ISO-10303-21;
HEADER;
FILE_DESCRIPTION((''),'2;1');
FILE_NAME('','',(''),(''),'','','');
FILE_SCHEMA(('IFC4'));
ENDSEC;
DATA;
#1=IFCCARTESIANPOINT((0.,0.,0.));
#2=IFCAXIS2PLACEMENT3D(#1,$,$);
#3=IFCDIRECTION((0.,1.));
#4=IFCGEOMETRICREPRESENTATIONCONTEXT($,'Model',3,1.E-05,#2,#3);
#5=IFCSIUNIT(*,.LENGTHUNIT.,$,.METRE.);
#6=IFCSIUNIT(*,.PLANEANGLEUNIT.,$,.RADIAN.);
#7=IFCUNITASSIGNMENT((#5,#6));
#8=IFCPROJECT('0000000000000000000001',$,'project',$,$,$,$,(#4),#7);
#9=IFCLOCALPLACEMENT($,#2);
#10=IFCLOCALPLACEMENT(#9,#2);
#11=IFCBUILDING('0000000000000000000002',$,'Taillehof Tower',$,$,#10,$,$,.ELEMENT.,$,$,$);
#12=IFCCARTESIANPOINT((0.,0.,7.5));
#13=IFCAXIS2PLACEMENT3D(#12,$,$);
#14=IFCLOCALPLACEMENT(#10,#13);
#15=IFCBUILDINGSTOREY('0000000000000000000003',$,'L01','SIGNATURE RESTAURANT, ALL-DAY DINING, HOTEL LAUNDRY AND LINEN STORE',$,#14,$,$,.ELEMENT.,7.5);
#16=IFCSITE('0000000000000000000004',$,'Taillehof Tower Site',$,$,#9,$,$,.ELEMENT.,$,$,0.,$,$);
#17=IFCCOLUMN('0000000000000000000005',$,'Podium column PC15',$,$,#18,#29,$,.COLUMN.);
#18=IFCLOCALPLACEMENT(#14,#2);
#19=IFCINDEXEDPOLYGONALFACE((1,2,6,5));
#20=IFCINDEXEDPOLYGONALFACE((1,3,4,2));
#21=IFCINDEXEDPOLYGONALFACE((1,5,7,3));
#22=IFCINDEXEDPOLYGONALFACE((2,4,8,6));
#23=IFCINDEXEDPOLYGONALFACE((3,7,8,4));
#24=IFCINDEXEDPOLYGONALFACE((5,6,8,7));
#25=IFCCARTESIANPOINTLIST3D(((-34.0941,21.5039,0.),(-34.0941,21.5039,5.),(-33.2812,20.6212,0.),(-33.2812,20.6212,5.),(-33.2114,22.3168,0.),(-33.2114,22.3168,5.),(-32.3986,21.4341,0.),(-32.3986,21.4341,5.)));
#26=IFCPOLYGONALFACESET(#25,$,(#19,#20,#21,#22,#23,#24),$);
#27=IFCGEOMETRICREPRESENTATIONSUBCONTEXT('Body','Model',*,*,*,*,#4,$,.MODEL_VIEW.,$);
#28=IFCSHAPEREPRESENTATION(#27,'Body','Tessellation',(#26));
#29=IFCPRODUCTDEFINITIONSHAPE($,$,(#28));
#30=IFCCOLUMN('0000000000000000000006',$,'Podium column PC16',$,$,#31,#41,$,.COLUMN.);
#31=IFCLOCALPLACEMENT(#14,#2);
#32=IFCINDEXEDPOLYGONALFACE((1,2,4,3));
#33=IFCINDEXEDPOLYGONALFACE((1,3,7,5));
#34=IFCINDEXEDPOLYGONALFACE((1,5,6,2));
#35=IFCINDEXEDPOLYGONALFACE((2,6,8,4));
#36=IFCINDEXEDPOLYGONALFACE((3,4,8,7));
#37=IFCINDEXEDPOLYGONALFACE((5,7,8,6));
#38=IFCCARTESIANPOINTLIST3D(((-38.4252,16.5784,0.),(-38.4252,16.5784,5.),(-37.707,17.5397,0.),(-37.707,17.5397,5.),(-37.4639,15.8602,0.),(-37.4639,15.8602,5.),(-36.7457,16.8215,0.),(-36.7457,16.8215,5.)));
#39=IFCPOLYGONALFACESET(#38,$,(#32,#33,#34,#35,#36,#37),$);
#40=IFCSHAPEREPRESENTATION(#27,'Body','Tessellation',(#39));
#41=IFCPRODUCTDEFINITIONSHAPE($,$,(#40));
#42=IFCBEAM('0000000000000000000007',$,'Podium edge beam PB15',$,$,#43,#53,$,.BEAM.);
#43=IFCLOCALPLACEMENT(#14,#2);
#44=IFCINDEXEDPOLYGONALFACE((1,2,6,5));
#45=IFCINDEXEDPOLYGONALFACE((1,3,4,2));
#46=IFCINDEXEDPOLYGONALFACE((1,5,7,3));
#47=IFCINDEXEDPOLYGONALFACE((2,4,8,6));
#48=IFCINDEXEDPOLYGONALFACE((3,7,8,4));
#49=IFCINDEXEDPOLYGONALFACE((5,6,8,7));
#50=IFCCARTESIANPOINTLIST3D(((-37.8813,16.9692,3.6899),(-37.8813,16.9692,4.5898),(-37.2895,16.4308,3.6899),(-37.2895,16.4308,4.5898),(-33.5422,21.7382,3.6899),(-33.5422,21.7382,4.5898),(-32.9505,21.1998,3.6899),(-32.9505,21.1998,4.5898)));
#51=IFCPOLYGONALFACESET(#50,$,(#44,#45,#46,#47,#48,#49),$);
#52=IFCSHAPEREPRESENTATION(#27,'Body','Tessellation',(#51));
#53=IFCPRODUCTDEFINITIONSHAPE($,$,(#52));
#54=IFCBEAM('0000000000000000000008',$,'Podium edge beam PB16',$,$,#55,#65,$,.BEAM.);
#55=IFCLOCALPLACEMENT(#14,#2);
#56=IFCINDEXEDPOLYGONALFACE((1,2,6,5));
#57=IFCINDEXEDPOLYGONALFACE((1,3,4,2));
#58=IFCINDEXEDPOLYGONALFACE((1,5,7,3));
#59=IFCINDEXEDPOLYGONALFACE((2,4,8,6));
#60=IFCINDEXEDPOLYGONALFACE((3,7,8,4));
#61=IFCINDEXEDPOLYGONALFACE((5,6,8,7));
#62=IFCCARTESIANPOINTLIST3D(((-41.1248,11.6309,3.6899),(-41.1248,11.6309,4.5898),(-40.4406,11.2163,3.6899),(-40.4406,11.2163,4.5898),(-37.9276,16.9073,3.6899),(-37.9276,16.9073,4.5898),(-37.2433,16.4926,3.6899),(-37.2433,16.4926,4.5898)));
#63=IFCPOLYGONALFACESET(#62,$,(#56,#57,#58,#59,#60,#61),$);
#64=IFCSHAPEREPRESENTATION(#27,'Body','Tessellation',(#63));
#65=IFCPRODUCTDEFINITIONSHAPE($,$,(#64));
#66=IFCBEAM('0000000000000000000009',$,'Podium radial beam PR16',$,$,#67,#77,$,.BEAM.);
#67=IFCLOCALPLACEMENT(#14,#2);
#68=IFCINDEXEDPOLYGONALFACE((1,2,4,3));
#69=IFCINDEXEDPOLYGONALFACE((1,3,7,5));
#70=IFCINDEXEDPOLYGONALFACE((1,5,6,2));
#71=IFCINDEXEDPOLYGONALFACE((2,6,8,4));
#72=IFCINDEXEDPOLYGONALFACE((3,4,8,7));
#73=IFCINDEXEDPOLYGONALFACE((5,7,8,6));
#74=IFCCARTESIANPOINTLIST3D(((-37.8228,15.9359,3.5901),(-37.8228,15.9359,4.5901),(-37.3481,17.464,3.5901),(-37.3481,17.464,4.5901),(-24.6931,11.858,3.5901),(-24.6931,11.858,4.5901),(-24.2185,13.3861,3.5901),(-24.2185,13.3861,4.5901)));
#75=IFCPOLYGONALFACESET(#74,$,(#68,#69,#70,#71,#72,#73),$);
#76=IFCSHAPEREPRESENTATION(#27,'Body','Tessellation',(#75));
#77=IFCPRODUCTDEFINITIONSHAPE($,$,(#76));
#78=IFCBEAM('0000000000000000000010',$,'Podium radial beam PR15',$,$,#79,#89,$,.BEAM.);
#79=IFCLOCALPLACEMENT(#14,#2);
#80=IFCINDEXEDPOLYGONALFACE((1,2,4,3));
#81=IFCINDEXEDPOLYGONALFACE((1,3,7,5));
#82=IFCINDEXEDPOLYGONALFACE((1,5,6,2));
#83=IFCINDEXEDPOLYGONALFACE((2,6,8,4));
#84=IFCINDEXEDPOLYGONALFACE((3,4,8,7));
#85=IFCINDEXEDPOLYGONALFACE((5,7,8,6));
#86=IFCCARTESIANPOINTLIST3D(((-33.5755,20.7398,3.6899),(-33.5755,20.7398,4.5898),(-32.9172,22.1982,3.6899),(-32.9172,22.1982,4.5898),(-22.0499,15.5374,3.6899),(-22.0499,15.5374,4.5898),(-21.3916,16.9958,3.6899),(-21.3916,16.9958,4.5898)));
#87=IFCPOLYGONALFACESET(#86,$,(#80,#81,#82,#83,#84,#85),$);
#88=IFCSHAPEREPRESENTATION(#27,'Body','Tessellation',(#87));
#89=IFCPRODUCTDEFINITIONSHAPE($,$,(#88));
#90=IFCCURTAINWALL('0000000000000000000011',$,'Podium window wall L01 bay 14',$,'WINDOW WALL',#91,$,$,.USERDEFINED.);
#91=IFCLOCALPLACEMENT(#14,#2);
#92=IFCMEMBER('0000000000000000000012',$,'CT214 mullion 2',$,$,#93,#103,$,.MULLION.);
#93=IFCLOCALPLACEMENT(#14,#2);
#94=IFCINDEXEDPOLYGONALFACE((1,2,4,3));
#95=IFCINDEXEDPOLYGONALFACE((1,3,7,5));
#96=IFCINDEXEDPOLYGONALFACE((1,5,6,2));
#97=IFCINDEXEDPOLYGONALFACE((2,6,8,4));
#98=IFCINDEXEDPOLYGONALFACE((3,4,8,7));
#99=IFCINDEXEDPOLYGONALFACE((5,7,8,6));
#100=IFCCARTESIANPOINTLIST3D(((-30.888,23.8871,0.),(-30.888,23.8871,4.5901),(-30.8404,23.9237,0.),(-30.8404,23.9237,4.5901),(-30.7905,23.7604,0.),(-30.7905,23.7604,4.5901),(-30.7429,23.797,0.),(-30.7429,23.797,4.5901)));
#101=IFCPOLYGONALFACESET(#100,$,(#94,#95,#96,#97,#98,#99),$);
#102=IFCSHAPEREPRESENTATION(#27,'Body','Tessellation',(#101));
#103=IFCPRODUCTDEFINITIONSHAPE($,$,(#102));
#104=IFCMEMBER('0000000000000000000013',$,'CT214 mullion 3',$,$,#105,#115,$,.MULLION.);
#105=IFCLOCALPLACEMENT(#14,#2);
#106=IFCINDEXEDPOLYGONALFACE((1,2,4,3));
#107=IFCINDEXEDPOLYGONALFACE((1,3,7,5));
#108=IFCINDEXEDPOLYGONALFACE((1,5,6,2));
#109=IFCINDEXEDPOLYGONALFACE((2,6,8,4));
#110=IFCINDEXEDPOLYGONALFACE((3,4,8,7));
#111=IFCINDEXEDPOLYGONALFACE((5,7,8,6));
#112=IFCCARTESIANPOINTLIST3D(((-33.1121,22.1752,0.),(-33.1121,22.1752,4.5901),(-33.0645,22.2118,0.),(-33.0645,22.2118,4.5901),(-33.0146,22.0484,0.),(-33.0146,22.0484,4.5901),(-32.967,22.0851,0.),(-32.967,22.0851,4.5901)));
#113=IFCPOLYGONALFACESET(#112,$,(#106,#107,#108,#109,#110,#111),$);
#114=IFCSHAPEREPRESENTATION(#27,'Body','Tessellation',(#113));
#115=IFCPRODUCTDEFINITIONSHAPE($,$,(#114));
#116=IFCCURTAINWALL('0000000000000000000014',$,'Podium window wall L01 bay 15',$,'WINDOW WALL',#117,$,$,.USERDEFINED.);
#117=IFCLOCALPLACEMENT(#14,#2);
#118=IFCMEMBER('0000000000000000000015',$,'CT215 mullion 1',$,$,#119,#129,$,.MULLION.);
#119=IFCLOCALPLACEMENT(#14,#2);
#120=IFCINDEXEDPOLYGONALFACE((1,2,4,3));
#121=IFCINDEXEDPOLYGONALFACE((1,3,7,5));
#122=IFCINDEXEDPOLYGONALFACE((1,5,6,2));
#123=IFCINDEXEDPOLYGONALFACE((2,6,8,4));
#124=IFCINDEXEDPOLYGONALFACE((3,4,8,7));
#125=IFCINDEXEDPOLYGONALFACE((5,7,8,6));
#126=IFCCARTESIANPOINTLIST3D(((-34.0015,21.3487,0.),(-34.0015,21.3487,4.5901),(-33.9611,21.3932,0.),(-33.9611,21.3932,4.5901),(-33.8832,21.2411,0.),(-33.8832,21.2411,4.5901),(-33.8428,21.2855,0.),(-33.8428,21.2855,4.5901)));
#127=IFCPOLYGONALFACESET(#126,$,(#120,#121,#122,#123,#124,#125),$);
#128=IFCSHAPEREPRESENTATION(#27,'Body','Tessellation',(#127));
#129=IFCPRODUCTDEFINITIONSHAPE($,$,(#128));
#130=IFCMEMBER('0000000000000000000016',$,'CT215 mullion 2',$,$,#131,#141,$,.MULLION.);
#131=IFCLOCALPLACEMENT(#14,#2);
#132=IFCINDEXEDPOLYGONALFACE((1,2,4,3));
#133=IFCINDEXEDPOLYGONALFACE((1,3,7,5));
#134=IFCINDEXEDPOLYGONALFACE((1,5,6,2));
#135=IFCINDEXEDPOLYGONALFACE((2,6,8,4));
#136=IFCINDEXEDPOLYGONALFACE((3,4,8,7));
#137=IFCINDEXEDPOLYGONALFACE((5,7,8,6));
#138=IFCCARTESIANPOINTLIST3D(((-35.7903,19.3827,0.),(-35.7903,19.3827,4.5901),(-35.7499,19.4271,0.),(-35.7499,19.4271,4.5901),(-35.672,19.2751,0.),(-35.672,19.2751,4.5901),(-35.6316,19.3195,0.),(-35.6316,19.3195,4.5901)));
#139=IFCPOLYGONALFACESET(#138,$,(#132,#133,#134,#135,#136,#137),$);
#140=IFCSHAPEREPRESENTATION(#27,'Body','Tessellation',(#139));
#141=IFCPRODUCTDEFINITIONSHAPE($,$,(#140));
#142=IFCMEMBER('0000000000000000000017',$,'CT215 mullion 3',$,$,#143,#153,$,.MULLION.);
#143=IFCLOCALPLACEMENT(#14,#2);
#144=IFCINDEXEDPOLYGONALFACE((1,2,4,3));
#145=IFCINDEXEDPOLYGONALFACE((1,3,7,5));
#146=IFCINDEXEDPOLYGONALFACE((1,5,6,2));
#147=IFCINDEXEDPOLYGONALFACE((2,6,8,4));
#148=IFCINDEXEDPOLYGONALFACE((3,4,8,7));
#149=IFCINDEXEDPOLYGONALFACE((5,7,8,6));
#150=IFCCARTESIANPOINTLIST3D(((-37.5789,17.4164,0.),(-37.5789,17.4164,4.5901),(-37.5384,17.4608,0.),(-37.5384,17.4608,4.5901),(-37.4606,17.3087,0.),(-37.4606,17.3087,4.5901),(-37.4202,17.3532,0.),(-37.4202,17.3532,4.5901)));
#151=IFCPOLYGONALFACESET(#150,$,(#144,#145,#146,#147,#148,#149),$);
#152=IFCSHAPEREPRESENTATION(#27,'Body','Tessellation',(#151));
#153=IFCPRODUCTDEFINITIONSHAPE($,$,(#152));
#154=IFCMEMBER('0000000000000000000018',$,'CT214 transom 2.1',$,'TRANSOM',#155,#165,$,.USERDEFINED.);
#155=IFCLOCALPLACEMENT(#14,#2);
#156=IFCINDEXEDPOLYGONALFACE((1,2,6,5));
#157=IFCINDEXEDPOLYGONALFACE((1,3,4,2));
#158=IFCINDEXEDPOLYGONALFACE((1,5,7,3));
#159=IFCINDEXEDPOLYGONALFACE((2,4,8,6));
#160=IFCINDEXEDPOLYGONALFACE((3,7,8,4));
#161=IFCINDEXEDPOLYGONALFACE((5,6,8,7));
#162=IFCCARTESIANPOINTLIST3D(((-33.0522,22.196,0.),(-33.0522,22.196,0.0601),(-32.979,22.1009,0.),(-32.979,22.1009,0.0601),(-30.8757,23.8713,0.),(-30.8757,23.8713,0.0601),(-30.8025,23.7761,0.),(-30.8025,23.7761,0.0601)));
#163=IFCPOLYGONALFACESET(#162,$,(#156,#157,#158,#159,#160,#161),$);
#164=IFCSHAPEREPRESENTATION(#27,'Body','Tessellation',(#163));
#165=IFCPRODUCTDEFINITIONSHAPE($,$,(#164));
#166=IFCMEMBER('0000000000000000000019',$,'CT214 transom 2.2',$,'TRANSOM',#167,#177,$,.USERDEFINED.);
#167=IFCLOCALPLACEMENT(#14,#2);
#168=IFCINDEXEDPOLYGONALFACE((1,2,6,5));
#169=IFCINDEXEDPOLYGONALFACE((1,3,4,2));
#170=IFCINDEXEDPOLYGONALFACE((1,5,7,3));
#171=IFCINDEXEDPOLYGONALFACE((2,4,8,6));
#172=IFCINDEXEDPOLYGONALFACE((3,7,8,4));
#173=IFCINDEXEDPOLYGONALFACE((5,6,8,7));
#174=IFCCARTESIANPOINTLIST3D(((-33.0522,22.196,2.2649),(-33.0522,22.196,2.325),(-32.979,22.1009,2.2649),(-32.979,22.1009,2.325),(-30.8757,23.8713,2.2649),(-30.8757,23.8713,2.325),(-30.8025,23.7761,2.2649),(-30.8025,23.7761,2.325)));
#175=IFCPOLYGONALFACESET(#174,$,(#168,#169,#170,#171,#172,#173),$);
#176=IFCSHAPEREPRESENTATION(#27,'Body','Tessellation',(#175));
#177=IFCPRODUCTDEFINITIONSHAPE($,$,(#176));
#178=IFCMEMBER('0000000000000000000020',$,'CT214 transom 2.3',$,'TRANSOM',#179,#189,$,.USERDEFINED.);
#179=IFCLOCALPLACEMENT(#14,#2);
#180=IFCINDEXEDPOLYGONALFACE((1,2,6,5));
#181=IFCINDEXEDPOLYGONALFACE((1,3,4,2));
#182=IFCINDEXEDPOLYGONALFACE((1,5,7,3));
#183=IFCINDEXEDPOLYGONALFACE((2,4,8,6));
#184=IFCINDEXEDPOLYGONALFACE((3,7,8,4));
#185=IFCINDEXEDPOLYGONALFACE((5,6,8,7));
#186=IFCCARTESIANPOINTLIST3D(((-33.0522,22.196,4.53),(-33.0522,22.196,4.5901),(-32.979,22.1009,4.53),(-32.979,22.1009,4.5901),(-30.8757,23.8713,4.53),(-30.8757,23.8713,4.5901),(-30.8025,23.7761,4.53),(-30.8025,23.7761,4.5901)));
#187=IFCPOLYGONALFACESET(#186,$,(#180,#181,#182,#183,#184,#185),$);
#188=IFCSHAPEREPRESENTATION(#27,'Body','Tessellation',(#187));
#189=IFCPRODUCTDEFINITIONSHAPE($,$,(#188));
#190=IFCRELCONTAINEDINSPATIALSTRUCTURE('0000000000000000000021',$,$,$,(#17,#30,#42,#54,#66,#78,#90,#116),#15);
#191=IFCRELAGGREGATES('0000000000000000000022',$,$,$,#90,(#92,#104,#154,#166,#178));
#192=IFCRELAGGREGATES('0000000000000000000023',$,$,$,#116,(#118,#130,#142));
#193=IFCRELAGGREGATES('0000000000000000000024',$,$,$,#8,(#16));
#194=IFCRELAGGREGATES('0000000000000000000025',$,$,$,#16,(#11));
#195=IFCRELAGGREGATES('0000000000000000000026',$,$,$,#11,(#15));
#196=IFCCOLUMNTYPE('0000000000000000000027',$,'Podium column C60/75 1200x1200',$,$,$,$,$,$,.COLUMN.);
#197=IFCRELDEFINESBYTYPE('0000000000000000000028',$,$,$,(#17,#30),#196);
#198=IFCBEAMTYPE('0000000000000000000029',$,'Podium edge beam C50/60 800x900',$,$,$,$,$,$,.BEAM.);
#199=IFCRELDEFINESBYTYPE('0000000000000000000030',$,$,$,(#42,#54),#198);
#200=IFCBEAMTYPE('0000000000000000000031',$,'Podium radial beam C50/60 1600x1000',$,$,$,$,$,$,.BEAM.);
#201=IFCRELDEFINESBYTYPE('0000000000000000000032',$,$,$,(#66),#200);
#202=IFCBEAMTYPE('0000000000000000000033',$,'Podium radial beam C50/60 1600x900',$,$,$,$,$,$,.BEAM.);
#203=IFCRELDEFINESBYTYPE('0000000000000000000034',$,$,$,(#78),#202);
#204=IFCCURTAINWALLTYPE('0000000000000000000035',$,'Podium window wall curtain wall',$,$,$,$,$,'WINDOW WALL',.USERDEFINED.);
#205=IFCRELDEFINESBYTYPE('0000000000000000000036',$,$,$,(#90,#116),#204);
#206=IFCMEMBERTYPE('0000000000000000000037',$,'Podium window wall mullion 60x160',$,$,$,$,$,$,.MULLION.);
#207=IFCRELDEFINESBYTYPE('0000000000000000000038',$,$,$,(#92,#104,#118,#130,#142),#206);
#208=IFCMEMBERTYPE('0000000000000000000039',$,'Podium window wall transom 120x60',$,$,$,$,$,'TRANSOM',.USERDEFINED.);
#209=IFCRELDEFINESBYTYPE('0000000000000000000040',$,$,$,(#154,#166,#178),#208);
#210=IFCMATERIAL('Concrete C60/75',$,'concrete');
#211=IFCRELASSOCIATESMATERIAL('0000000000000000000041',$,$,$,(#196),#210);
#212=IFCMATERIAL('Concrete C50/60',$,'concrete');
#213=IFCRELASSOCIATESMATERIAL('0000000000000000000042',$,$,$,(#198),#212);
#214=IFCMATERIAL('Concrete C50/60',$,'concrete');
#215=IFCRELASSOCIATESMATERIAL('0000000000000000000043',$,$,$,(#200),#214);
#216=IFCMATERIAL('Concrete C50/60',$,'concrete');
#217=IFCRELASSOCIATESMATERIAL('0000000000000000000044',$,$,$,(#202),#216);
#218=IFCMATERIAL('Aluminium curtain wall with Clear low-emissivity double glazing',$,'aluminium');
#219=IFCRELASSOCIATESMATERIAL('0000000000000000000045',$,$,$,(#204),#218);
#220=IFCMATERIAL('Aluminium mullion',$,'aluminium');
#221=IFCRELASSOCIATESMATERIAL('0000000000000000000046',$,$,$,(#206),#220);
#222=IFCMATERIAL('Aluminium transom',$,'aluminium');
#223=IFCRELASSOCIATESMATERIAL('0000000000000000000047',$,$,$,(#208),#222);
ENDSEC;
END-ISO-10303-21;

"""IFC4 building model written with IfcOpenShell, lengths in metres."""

from ifc_helpers import new_model, si_unit, direction, frame, origin, origin_2d, place, context, subcontext, project, spatial, rectangle, extrude, material, material_profile, profile_set, type_object, element, aggregate, save


model = new_model("IFC4")

# Units and contexts
model_context = context("Model", 3, precision=1e-05, world=origin(), true_north=direction((0.0, 1.0)))
body_context = subcontext(model_context, "Body", "Model", "MODEL_VIEW")
ifc_project = project(units=[si_unit("LENGTHUNIT", "METRE"), si_unit("PLANEANGLEUNIT", "RADIAN")], contexts=[model_context])

# Site, building, storey
site_placement = place(None, origin())
site = spatial("IfcSite", under=ifc_project, at=site_placement, Name="Taillehof Tower Site", CompositionType="ELEMENT", RefElevation=0.0)
building_placement = place(site_placement, origin())
building = spatial("IfcBuilding", under=site, at=building_placement, Name="Taillehof Tower", CompositionType="ELEMENT")
storey_placement = place(building_placement, frame((0.0, 0.0, 7.5)))
storey = spatial("IfcBuildingStorey", under=building, at=storey_placement, Name="L01", Description="SIGNATURE RESTAURANT, ALL-DAY DINING, HOTEL LAUNDRY AND LINEN STORE", CompositionType="ELEMENT", Elevation=7.5)

# Columns
ifc_material_1 = material(Name="Concrete C60/75", Category="concrete")
ifc_material_profile_1 = material_profile(ifc_material_1, rectangle(XDim=1.2, YDim=1.2, at=origin_2d()), Name="RC 1200x1200")
ifc_profile_set_1 = profile_set([ifc_material_profile_1], Name="Concrete C60/75")
column_type = type_object("IfcColumnType", Name="Podium column C60/75 1200x1200", PredefinedType="COLUMN", material=ifc_profile_set_1)
for number, where, z_axis, x_axis, name in (
    (1, (-33.2463, 21.469, 0.0), (0.0, 0.0, 1.0), (-0.677415, 0.735601, 0.0), "Podium column PC15"),
    (2, (-37.5854, 16.7, 0.0), (0.0, 0.0, 1.0), (-0.801091, 0.598542, 0.0), "Podium column PC16"),
):
    element("IfcColumn", number, at=place(storey_placement, frame(where, z_axis=z_axis, x_axis=x_axis)), inside=storey, type_object=column_type, Name=name, PredefinedType="COLUMN", context=body_context, shape_type="SweptSolid", body=[
        extrude(rectangle(XDim=1.2, YDim=1.2, at=origin_2d()), origin(), (0.0, 0.0, 1.0), 5.0),
    ])

# Beams
ifc_material_2 = material(Name="Concrete C50/60", Category="concrete")
ifc_material_profile_2 = material_profile(ifc_material_2, rectangle(XDim=0.8, YDim=0.8999, at=origin_2d()), Name="RC 800x900")
ifc_profile_set_2 = profile_set([ifc_material_profile_2], Name="Concrete C50/60")
beam_type_1 = type_object("IfcBeamType", Name="Podium edge beam C50/60 800x900", PredefinedType="BEAM", material=ifc_profile_set_2)
beam_1_placement = place(storey_placement, frame((-33.2463, 21.469, 4.1399), z_axis=(-0.67298, -0.739661, 0.0), x_axis=(0.739661, -0.67298, 0.0)))
element("IfcBeam", 3, at=beam_1_placement, inside=storey, type_object=beam_type_1, Name="Podium edge beam PB15", PredefinedType="BEAM", context=body_context, shape_type="SweptSolid", body=[
    extrude(rectangle(XDim=0.8, YDim=0.8999, at=origin_2d()), origin(), (0.0, 0.0, 1.0), 6.4475),
])
beam_2_placement = place(storey_placement, frame((-37.5854, 16.7, 4.1399), z_axis=(-0.518239, -0.855236, 0.0), x_axis=(0.855236, -0.518239, 0.0)))
element("IfcBeam", 4, at=beam_2_placement, inside=storey, type_object=beam_type_1, Name="Podium edge beam PB16", PredefinedType="BEAM", context=body_context, shape_type="SweptSolid", body=[
    extrude(rectangle(XDim=0.8, YDim=0.8999, at=origin_2d()), origin(), (0.0, 0.0, 1.0), 6.1694),
])
ifc_material_3 = material(Name="Concrete C50/60", Category="concrete")
ifc_material_profile_3 = material_profile(ifc_material_3, rectangle(XDim=1.6001, YDim=1.0, at=origin_2d()), Name="RC 1600x1000")
ifc_profile_set_3 = profile_set([ifc_material_profile_3], Name="Concrete C50/60")
beam_type_2 = type_object("IfcBeamType", Name="Podium radial beam C50/60 1600x1000", PredefinedType="BEAM", material=ifc_profile_set_3)
beam_3_placement = place(storey_placement, frame((-37.5854, 16.7, 4.0901), z_axis=(0.954999, -0.296609, 0.0), x_axis=(0.296609, 0.954999, 0.0)))
element("IfcBeam", 5, at=beam_3_placement, inside=storey, type_object=beam_type_2, Name="Podium radial beam PR16", PredefinedType="BEAM", context=body_context, shape_type="SweptSolid", body=[
    extrude(rectangle(XDim=1.6001, YDim=1.0, at=origin_2d()), origin(), (0.0, 0.0, 1.0), 13.7483),
])
ifc_material_4 = material(Name="Concrete C50/60", Category="concrete")
ifc_material_profile_4 = material_profile(ifc_material_4, rectangle(XDim=1.6001, YDim=0.8999, at=origin_2d()), Name="RC 1600x900")
ifc_profile_set_4 = profile_set([ifc_material_profile_4], Name="Concrete C50/60")
beam_type_3 = type_object("IfcBeamType", Name="Podium radial beam C50/60 1600x900", PredefinedType="BEAM", material=ifc_profile_set_4)
beam_4_placement = place(storey_placement, frame((-33.2463, 21.469, 4.1399), z_axis=(0.911452, -0.411407, 0.0), x_axis=(0.411407, 0.911452, 0.0)))
element("IfcBeam", 6, at=beam_4_placement, inside=storey, type_object=beam_type_3, Name="Podium radial beam PR15", PredefinedType="BEAM", context=body_context, shape_type="SweptSolid", body=[
    extrude(rectangle(XDim=1.6001, YDim=0.8999, at=origin_2d()), origin(), (0.0, 0.0, 1.0), 12.6453),
])

# Curtain walls, members
ifc_material_5 = material(Name="Aluminium curtain wall with Clear low-emissivity double glazing", Category="aluminium")
curtain_wall_type = type_object("IfcCurtainWallType", Name="Podium window wall curtain wall", ElementType="WINDOW WALL", PredefinedType="USERDEFINED", material=ifc_material_5)
curtain_wall_1_placement = place(storey_placement, origin())
curtain_wall_1 = element("IfcCurtainWall", 7, at=curtain_wall_1_placement, inside=storey, type_object=curtain_wall_type, Name="Podium window wall L01 bay 14", ObjectType="WINDOW WALL", PredefinedType="USERDEFINED")
ifc_material_6 = material(Name="Aluminium mullion", Category="aluminium")
ifc_material_profile_5 = material_profile(ifc_material_6, rectangle(XDim=0.1599, YDim=0.0601, at=origin_2d()), Name="AL 60x160")
ifc_profile_set_5 = profile_set([ifc_material_profile_5], Name="Aluminium mullion")
member_type_1 = type_object("IfcMemberType", Name="Podium window wall mullion 60x160", PredefinedType="MULLION", material=ifc_profile_set_5)
member_1_placement = place(storey_placement, frame((-30.8154, 23.842, 0.0), z_axis=(0.0, 0.0, 1.0), x_axis=(0.609932, -0.792454, 0.0)))
member_1 = element("IfcMember", 8, at=member_1_placement, type_object=member_type_1, Name="CT214 mullion 2", PredefinedType="MULLION", context=body_context, shape_type="SweptSolid", body=[
    extrude(rectangle(XDim=0.1599, YDim=0.0601, at=origin_2d()), origin(), (0.0, 0.0, 1.0), 4.5901),
])
member_2_placement = place(storey_placement, frame((-33.0396, 22.1301, 0.0), z_axis=(0.0, 0.0, 1.0), x_axis=(0.609932, -0.792454, 0.0)))
member_2 = element("IfcMember", 9, at=member_2_placement, type_object=member_type_1, Name="CT214 mullion 3", PredefinedType="MULLION", context=body_context, shape_type="SweptSolid", body=[
    extrude(rectangle(XDim=0.1599, YDim=0.0601, at=origin_2d()), origin(), (0.0, 0.0, 1.0), 4.5901),
])
curtain_wall_2_placement = place(storey_placement, origin())
curtain_wall_2 = element("IfcCurtainWall", 10, at=curtain_wall_2_placement, inside=storey, type_object=curtain_wall_type, Name="Podium window wall L01 bay 15", ObjectType="WINDOW WALL", PredefinedType="USERDEFINED")
member_3_placement = place(storey_placement, frame((-33.9221, 21.3171, 0.0), z_axis=(0.0, 0.0, 1.0), x_axis=(0.739707, -0.672929, 0.0)))
member_3 = element("IfcMember", 11, at=member_3_placement, type_object=member_type_1, Name="CT215 mullion 1", PredefinedType="MULLION", context=body_context, shape_type="SweptSolid", body=[
    extrude(rectangle(XDim=0.1599, YDim=0.0601, at=origin_2d()), origin(), (0.0, 0.0, 1.0), 4.5901),
])
member_4_placement = place(storey_placement, frame((-35.7109, 19.3511, 0.0), z_axis=(0.0, 0.0, 1.0), x_axis=(0.739707, -0.672929, 0.0)))
member_4 = element("IfcMember", 12, at=member_4_placement, type_object=member_type_1, Name="CT215 mullion 2", PredefinedType="MULLION", context=body_context, shape_type="SweptSolid", body=[
    extrude(rectangle(XDim=0.1599, YDim=0.0601, at=origin_2d()), origin(), (0.0, 0.0, 1.0), 4.5901),
])
member_5_placement = place(storey_placement, frame((-37.4995, 17.3848, 0.0), z_axis=(0.0, 0.0, 1.0), x_axis=(0.739707, -0.672929, 0.0)))
member_5 = element("IfcMember", 13, at=member_5_placement, type_object=member_type_1, Name="CT215 mullion 3", PredefinedType="MULLION", context=body_context, shape_type="SweptSolid", body=[
    extrude(rectangle(XDim=0.1599, YDim=0.0601, at=origin_2d()), origin(), (0.0, 0.0, 1.0), 4.5901),
])

# Members
ifc_material_7 = material(Name="Aluminium transom", Category="aluminium")
ifc_material_profile_6 = material_profile(ifc_material_7, rectangle(XDim=0.1201, YDim=0.0601, at=origin_2d()), Name="AL 120x60")
ifc_profile_set_6 = profile_set([ifc_material_profile_6], Name="Aluminium transom")
member_type_2 = type_object("IfcMemberType", Name="Podium window wall transom 120x60", ElementType="TRANSOM", PredefinedType="USERDEFINED", material=ifc_profile_set_6)
member_6_placement = place(storey_placement, frame((-30.8391, 23.8237, 0.03), z_axis=(-0.792439, -0.609951, 0.0), x_axis=(0.609951, -0.792439, 0.0)))
member_6 = element("IfcMember", 14, at=member_6_placement, type_object=member_type_2, Name="CT214 transom 2.1", ObjectType="TRANSOM", PredefinedType="USERDEFINED", context=body_context, shape_type="SweptSolid", body=[
    extrude(rectangle(XDim=0.1201, YDim=0.0601, at=origin_2d()), origin(), (0.0, 0.0, 1.0), 2.7466),
])
member_7_placement = place(storey_placement, frame((-30.8391, 23.8237, 2.2949), z_axis=(-0.792439, -0.609951, 0.0), x_axis=(0.609951, -0.792439, 0.0)))
member_7 = element("IfcMember", 15, at=member_7_placement, type_object=member_type_2, Name="CT214 transom 2.2", ObjectType="TRANSOM", PredefinedType="USERDEFINED", context=body_context, shape_type="SweptSolid", body=[
    extrude(rectangle(XDim=0.1201, YDim=0.0601, at=origin_2d()), origin(), (0.0, 0.0, 1.0), 2.7466),
])
member_8_placement = place(storey_placement, frame((-30.8391, 23.8237, 4.5601), z_axis=(-0.792439, -0.609951, 0.0), x_axis=(0.609951, -0.792439, 0.0)))
member_8 = element("IfcMember", 16, at=member_8_placement, type_object=member_type_2, Name="CT214 transom 2.3", ObjectType="TRANSOM", PredefinedType="USERDEFINED", context=body_context, shape_type="SweptSolid", body=[
    extrude(rectangle(XDim=0.1201, YDim=0.0601, at=origin_2d()), origin(), (0.0, 0.0, 1.0), 2.7466),
])

aggregate(curtain_wall_1, [member_1, member_2, member_6, member_7, member_8])
aggregate(curtain_wall_2, [member_3, member_4, member_5])

save(model, "model.ifc")
